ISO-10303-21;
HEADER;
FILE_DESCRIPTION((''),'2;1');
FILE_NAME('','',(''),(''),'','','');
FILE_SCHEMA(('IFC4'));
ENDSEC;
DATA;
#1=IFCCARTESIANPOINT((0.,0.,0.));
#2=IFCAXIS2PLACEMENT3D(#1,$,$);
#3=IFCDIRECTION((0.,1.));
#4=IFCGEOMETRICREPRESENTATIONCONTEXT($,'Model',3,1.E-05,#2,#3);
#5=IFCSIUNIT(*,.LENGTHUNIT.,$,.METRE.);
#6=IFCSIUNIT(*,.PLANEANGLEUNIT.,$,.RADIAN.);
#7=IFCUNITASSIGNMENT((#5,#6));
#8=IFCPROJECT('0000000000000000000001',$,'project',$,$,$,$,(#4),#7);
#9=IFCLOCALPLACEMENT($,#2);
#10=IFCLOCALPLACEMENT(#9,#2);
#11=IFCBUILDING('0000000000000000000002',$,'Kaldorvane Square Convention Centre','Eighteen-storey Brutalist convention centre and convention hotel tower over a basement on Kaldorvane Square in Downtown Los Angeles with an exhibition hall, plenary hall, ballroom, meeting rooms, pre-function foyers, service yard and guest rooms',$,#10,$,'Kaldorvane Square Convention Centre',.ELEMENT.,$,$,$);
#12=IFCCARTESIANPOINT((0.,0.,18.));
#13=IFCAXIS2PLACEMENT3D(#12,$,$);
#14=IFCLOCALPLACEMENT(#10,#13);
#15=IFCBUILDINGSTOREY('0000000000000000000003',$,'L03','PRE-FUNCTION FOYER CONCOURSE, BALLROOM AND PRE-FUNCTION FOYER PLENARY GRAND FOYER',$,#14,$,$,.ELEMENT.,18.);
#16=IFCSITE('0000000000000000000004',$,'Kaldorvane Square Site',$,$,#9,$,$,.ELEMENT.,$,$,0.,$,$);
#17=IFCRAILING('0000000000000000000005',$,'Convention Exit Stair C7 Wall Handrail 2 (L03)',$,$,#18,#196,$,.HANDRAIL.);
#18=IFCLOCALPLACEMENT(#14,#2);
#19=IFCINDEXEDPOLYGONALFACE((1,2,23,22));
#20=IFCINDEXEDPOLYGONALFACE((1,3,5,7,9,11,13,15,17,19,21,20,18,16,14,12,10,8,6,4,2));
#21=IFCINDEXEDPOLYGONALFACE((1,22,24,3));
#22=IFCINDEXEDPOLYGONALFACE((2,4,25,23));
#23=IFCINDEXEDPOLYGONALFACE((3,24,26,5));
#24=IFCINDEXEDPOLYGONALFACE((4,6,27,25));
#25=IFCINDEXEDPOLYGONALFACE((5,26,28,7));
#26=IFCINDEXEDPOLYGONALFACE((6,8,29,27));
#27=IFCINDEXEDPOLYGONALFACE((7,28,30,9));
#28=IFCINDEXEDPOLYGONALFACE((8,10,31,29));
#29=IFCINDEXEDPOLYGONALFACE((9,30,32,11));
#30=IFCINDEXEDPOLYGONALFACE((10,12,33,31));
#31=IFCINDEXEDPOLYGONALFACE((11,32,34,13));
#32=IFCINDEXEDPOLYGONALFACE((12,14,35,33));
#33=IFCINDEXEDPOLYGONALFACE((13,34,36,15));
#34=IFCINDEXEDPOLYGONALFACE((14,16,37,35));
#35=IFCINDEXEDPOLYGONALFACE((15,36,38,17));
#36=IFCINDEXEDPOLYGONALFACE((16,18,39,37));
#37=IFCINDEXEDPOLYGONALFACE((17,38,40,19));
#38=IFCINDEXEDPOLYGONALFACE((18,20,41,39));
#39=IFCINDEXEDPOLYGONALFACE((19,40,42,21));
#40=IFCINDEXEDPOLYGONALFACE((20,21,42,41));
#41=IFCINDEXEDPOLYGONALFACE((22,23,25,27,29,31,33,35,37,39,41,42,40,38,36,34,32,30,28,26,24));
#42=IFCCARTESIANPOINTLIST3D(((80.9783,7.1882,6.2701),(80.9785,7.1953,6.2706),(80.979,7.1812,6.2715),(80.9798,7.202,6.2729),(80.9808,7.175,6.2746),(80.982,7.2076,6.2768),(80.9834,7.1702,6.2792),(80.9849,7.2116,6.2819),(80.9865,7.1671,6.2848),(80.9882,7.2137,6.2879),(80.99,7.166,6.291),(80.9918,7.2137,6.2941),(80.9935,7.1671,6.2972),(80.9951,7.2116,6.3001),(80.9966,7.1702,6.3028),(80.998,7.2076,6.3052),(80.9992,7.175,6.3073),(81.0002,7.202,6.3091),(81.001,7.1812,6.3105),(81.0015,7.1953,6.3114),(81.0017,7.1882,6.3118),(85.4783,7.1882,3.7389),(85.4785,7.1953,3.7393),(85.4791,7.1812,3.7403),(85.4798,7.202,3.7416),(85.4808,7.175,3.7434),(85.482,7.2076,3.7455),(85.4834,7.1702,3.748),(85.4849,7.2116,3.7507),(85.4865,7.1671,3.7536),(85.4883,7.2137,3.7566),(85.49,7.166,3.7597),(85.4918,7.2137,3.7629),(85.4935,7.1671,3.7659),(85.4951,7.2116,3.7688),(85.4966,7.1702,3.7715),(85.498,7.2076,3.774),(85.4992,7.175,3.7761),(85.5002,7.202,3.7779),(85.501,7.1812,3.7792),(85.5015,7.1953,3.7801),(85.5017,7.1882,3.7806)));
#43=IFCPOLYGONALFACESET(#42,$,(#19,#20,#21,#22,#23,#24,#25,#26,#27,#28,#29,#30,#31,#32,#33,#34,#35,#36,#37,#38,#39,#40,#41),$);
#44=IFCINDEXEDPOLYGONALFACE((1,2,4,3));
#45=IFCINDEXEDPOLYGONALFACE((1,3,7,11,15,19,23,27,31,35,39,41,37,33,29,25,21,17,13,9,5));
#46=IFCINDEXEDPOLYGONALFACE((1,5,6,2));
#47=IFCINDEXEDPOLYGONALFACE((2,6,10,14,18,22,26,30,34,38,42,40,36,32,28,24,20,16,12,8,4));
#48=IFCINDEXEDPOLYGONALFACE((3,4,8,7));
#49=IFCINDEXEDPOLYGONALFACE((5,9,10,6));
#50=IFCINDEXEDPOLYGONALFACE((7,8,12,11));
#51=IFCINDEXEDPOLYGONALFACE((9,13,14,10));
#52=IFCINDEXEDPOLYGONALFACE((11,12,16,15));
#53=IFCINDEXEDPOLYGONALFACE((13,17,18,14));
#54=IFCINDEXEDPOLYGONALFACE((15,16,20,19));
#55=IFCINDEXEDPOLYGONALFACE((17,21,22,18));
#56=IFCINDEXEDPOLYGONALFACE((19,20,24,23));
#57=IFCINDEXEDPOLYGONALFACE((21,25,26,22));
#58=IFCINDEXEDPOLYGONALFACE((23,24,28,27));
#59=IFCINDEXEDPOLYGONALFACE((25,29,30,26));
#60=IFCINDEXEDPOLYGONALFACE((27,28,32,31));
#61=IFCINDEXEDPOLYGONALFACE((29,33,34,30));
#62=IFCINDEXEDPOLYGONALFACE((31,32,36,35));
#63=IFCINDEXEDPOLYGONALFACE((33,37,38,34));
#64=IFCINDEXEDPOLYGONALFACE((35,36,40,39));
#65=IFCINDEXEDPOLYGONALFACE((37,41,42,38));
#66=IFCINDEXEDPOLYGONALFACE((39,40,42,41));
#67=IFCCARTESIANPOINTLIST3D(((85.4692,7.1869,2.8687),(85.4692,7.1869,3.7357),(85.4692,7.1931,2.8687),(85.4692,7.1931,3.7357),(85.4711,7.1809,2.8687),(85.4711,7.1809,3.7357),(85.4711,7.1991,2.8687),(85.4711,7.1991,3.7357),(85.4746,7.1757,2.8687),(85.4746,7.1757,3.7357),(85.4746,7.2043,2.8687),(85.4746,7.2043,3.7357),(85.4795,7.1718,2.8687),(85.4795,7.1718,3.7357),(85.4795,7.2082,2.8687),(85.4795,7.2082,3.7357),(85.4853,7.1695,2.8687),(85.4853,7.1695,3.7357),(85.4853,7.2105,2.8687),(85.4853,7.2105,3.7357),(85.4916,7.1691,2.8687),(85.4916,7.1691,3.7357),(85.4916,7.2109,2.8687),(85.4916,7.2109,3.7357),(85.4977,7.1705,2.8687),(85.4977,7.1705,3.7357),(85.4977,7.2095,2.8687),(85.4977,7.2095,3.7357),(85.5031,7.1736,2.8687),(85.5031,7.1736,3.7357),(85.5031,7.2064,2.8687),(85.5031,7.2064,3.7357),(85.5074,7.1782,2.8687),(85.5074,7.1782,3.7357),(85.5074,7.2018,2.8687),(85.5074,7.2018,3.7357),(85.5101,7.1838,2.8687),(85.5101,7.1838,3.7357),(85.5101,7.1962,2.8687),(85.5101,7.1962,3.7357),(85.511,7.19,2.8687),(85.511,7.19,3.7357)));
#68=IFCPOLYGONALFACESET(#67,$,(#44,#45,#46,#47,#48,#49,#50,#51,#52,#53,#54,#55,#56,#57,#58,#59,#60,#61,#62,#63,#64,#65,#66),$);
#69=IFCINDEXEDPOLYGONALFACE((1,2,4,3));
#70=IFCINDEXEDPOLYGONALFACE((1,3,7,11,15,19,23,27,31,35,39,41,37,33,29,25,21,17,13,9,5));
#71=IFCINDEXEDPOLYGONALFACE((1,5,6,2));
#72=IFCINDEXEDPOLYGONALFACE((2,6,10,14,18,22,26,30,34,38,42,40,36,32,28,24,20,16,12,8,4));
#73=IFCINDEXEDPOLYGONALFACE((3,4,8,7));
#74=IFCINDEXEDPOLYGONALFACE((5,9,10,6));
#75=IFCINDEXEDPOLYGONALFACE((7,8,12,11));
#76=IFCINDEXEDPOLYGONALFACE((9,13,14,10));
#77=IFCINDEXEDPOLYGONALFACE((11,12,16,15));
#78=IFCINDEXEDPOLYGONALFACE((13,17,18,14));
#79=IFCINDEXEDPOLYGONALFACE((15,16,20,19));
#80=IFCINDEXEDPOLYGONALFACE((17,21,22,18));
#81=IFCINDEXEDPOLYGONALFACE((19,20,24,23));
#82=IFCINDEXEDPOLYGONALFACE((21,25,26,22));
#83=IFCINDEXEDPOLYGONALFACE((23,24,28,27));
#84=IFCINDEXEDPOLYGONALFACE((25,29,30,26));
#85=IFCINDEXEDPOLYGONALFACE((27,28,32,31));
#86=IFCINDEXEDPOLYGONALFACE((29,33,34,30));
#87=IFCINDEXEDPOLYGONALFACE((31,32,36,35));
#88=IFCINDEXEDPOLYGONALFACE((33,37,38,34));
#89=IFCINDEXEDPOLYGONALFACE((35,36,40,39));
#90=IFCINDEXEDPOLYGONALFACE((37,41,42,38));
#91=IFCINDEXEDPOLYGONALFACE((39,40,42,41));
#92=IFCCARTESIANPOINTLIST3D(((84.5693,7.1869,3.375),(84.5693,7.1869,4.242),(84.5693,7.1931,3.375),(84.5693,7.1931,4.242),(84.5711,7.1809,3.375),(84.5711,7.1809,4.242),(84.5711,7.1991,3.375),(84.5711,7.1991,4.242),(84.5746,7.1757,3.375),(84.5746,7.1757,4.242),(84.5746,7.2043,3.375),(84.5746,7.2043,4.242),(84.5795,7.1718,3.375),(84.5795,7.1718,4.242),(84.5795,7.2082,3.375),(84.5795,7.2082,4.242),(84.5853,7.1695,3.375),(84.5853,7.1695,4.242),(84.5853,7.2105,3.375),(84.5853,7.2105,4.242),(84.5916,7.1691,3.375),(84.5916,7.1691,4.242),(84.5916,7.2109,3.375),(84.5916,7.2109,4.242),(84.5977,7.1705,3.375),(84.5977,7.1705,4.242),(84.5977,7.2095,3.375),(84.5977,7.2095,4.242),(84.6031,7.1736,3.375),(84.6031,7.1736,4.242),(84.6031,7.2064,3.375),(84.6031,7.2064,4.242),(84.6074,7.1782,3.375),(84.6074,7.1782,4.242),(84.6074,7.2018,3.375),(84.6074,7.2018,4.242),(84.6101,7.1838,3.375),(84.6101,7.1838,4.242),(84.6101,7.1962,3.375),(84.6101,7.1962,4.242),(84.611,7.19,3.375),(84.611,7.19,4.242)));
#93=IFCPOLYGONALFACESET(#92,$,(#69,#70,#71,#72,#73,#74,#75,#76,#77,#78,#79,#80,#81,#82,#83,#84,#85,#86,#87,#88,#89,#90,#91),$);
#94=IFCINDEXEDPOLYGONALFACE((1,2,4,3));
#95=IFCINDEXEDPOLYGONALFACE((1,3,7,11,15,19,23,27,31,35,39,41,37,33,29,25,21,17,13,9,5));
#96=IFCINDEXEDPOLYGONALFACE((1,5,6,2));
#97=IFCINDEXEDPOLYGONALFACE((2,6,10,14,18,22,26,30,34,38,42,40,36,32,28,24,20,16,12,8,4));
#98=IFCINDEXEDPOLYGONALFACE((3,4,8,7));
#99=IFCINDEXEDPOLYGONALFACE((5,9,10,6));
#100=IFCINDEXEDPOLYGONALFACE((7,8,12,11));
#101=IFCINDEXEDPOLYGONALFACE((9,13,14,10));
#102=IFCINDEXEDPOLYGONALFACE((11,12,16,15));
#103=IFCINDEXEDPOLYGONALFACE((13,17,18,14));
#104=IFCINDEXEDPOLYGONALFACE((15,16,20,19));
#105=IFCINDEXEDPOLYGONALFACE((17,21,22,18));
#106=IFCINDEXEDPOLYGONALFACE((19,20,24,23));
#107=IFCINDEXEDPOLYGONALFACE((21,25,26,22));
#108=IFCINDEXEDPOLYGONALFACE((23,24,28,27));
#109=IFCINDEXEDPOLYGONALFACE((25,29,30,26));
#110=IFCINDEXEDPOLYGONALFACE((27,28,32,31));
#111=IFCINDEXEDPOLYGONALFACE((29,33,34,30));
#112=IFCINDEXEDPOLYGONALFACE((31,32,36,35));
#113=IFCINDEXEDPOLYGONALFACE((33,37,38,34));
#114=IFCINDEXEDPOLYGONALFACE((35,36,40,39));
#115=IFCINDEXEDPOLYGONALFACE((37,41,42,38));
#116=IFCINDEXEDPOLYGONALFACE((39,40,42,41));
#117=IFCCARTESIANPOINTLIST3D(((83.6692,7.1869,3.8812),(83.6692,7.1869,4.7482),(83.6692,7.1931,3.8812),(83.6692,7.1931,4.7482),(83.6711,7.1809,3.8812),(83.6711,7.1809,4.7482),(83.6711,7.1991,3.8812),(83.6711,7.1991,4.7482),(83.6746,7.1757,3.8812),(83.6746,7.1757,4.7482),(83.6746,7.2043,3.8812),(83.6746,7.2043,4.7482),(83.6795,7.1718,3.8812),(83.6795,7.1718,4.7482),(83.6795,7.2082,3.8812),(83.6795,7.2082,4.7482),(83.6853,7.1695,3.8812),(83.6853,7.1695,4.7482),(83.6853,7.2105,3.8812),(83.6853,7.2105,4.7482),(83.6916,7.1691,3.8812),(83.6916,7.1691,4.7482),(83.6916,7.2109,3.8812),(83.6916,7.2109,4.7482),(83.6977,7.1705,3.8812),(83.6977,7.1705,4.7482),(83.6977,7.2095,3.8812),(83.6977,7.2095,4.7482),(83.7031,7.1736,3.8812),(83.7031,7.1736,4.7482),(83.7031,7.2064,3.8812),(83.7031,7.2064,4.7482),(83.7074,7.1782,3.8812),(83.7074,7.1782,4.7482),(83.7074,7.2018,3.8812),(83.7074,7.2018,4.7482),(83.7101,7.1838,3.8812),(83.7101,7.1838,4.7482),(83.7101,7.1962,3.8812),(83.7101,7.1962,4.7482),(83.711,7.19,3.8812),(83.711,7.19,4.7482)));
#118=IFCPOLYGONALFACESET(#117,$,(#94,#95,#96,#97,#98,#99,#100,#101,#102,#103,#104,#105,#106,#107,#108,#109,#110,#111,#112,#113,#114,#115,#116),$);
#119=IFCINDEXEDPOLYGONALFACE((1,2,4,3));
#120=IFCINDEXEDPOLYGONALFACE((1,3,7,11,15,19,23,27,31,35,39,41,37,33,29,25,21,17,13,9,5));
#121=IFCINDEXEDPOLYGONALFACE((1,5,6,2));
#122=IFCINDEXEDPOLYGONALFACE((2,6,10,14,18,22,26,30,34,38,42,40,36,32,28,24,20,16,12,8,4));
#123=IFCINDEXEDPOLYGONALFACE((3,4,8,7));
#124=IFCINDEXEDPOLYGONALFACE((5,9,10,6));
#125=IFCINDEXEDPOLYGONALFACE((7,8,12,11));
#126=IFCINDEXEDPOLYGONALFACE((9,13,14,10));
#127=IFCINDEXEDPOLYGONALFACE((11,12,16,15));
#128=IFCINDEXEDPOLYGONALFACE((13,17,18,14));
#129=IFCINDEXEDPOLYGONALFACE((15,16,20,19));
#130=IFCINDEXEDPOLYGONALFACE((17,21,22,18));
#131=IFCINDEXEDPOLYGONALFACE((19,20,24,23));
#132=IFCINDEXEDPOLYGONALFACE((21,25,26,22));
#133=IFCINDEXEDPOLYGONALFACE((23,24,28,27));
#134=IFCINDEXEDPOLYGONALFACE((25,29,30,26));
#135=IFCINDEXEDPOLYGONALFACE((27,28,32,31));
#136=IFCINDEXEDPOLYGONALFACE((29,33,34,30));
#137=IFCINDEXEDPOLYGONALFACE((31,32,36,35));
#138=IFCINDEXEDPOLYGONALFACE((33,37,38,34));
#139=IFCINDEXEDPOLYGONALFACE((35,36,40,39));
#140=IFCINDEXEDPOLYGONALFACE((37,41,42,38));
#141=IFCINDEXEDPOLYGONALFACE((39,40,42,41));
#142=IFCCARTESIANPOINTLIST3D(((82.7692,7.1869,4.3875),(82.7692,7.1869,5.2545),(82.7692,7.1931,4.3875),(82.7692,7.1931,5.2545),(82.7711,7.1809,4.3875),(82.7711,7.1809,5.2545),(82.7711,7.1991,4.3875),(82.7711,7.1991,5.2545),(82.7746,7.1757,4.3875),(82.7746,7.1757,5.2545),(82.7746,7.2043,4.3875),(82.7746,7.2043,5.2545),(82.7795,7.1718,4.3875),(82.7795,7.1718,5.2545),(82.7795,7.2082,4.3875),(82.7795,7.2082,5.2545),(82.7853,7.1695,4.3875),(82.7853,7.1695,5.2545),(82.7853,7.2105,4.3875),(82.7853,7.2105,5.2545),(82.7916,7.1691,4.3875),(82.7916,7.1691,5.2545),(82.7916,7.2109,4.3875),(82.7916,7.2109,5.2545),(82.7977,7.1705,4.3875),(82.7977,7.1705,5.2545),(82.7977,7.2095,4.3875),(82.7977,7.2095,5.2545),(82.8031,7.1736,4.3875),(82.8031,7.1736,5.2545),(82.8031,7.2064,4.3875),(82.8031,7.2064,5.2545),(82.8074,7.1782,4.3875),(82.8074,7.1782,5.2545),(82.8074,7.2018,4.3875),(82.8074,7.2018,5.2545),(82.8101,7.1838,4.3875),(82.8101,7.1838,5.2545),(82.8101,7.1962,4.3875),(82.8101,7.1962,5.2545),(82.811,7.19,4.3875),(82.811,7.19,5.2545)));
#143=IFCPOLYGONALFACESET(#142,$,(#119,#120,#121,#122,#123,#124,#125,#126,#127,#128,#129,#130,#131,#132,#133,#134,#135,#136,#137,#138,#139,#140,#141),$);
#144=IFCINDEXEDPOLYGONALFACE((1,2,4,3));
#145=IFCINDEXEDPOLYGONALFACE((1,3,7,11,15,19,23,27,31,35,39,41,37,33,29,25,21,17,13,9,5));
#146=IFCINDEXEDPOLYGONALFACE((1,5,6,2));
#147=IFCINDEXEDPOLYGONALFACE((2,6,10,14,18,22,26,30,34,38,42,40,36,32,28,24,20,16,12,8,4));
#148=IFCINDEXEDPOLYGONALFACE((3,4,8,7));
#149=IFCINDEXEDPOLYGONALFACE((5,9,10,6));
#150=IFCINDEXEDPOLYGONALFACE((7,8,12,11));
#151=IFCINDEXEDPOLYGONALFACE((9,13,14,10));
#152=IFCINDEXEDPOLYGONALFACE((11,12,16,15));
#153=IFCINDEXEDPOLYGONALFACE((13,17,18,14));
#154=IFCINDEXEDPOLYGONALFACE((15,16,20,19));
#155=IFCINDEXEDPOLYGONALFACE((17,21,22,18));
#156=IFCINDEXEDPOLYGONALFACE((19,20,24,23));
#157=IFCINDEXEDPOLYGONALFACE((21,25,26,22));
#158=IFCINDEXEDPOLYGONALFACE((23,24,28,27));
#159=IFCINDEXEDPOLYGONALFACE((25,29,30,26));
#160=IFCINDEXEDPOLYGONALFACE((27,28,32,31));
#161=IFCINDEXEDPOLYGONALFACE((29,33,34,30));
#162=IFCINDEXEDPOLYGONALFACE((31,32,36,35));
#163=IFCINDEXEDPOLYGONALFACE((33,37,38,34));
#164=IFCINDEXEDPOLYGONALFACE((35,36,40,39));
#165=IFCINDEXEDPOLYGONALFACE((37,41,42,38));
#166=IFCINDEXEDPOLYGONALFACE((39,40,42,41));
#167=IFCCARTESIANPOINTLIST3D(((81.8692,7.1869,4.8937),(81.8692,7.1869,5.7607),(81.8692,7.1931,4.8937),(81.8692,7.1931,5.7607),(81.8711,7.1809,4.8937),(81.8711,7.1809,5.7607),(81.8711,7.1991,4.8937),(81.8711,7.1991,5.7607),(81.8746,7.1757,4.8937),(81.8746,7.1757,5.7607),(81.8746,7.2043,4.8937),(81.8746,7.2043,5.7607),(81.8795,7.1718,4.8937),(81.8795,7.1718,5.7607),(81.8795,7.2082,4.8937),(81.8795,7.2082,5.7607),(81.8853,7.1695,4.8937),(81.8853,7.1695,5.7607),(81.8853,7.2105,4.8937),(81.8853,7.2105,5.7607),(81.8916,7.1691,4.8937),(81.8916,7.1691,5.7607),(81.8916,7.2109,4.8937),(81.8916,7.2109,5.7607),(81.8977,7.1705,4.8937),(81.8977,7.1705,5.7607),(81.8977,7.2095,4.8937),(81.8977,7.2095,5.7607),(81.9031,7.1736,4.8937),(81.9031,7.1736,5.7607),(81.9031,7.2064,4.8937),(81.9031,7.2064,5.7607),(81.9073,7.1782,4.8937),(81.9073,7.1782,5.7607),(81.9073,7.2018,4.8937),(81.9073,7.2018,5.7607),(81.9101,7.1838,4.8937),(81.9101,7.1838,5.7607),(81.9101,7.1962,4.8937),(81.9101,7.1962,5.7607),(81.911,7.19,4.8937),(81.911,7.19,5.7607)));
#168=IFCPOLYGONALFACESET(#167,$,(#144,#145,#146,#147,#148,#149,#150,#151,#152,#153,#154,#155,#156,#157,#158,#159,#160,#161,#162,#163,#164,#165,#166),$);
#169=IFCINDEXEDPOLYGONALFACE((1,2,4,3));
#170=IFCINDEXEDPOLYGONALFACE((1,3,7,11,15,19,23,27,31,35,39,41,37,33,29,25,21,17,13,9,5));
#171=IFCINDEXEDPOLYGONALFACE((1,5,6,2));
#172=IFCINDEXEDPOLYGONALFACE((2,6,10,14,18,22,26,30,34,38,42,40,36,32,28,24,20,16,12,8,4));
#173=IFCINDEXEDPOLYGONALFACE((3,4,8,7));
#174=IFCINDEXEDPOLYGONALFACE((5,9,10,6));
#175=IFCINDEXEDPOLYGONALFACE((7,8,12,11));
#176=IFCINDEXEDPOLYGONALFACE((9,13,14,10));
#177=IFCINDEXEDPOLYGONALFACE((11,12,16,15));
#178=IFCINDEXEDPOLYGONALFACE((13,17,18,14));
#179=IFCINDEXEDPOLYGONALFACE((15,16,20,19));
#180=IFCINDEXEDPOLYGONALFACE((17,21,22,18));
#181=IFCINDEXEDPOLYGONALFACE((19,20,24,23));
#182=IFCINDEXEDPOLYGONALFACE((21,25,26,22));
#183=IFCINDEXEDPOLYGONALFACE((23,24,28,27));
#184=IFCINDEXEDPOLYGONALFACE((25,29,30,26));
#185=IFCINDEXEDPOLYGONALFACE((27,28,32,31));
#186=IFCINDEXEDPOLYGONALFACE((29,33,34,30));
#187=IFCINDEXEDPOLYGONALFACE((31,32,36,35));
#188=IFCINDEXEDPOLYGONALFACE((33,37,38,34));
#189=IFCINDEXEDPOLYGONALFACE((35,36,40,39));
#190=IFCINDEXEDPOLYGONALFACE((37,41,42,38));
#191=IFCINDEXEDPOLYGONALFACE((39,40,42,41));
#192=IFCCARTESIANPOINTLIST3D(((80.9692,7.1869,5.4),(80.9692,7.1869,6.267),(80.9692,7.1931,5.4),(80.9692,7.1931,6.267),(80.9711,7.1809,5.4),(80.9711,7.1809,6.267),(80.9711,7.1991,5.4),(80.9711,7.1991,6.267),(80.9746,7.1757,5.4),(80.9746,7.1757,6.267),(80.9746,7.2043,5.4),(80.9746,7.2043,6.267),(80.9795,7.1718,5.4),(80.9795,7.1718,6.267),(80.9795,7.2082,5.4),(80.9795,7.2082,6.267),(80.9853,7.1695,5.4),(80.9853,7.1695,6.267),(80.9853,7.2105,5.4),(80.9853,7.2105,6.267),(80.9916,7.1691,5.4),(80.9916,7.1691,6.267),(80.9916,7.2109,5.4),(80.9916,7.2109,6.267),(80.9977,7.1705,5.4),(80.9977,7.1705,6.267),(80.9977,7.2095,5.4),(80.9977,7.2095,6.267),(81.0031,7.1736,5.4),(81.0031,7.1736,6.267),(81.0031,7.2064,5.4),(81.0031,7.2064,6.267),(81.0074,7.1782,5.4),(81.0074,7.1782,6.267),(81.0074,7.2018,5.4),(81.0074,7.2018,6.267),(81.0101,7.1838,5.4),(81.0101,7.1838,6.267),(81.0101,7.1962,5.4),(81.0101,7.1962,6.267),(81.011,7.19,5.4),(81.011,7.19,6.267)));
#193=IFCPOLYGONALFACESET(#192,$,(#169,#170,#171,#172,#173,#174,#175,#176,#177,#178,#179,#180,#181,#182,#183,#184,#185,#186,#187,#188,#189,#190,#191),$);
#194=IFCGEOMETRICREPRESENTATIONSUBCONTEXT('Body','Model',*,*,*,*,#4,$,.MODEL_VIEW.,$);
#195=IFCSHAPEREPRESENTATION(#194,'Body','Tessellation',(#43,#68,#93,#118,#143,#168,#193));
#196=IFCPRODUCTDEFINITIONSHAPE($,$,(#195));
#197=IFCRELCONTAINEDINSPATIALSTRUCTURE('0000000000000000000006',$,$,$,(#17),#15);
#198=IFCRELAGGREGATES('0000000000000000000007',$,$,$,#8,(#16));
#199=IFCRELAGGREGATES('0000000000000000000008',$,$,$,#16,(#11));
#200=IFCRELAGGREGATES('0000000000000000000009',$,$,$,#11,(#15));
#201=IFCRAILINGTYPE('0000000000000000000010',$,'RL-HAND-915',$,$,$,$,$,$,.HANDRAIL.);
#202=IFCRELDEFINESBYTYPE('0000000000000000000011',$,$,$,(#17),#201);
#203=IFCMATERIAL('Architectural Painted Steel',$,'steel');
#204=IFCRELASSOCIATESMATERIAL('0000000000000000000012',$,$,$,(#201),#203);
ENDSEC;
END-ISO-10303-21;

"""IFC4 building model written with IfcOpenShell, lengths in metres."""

from ifc_helpers import new_model, si_unit, direction, frame, origin, origin_2d, place, context, subcontext, project, spatial, circle, extrude, material, type_object, element, save


model = new_model("IFC4")

# Units and contexts
model_context = context("Model", 3, precision=1e-05, world=origin(), true_north=direction((0.0, 1.0)))
body_context = subcontext(model_context, "Body", "Model", "MODEL_VIEW")
ifc_project = project(units=[si_unit("LENGTHUNIT", "METRE"), si_unit("PLANEANGLEUNIT", "RADIAN")], contexts=[model_context])

# Site, building, storey
site_placement = place(None, origin())
site = spatial("IfcSite", under=ifc_project, at=site_placement, Name="Kaldorvane Square Site", CompositionType="ELEMENT", RefElevation=0.0)
building_placement = place(site_placement, origin())
building = spatial("IfcBuilding", under=site, at=building_placement, Name="Kaldorvane Square Convention Centre", Description="Eighteen-storey Brutalist convention centre and convention hotel tower over a basement on Kaldorvane Square in Downtown Los Angeles with an exhibition hall, plenary hall, ballroom, meeting rooms, pre-function foyers, service yard and guest rooms", LongName="Kaldorvane Square Convention Centre", CompositionType="ELEMENT")
storey_placement = place(building_placement, frame((0.0, 0.0, 18.0)))
storey = spatial("IfcBuildingStorey", under=building, at=storey_placement, Name="L03", Description="PRE-FUNCTION FOYER CONCOURSE, BALLROOM AND PRE-FUNCTION FOYER PLENARY GRAND FOYER", CompositionType="ELEMENT", Elevation=18.0)

# Railing
ifc_material_1 = material(Name="Architectural Painted Steel", Category="steel")
railing_type_1 = type_object("IfcRailingType", Name="RL-HAND-915", PredefinedType="HANDRAIL", material=ifc_material_1)
for number, where, name in (
    (1, (85.49, 7.19, 2.8687), "Convention Exit Stair C7 Wall Handrail 2 (L03)"),
):
    element("IfcRailing", number, at=place(storey_placement, frame(where)), inside=storey, type_object=railing_type_1, Name=name, PredefinedType="HANDRAIL", context=body_context, shape_type="SweptSolid", body=[
        extrude(circle(Radius=0.024, at=origin_2d()), frame((0.0, 0.0, 0.891), z_axis=(-0.871576, 0.0, 0.490261), x_axis=(0.0, -1.0, 0.0)), (0.0, 0.0, 1.0), 5.1631),
        extrude(circle(Radius=0.021, at=origin_2d()), origin(), (0.0, 0.0, 1.0), 0.867),
        extrude(circle(Radius=0.021, at=origin_2d()), frame((-0.9, 0.0, 0.5063)), (0.0, 0.0, 1.0), 0.867),
        extrude(circle(Radius=0.021, at=origin_2d()), frame((-1.8, 0.0, 1.0125)), (0.0, 0.0, 1.0), 0.867),
        extrude(circle(Radius=0.021, at=origin_2d()), frame((-2.7, 0.0, 1.5188)), (0.0, 0.0, 1.0), 0.867),
        extrude(circle(Radius=0.021, at=origin_2d()), frame((-3.6, 0.0, 2.025)), (0.0, 0.0, 1.0), 0.867),
        extrude(circle(Radius=0.021, at=origin_2d()), frame((-4.5, 0.0, 2.5312)), (0.0, 0.0, 1.0), 0.867),
    ])

save(model, "model.ifc")
